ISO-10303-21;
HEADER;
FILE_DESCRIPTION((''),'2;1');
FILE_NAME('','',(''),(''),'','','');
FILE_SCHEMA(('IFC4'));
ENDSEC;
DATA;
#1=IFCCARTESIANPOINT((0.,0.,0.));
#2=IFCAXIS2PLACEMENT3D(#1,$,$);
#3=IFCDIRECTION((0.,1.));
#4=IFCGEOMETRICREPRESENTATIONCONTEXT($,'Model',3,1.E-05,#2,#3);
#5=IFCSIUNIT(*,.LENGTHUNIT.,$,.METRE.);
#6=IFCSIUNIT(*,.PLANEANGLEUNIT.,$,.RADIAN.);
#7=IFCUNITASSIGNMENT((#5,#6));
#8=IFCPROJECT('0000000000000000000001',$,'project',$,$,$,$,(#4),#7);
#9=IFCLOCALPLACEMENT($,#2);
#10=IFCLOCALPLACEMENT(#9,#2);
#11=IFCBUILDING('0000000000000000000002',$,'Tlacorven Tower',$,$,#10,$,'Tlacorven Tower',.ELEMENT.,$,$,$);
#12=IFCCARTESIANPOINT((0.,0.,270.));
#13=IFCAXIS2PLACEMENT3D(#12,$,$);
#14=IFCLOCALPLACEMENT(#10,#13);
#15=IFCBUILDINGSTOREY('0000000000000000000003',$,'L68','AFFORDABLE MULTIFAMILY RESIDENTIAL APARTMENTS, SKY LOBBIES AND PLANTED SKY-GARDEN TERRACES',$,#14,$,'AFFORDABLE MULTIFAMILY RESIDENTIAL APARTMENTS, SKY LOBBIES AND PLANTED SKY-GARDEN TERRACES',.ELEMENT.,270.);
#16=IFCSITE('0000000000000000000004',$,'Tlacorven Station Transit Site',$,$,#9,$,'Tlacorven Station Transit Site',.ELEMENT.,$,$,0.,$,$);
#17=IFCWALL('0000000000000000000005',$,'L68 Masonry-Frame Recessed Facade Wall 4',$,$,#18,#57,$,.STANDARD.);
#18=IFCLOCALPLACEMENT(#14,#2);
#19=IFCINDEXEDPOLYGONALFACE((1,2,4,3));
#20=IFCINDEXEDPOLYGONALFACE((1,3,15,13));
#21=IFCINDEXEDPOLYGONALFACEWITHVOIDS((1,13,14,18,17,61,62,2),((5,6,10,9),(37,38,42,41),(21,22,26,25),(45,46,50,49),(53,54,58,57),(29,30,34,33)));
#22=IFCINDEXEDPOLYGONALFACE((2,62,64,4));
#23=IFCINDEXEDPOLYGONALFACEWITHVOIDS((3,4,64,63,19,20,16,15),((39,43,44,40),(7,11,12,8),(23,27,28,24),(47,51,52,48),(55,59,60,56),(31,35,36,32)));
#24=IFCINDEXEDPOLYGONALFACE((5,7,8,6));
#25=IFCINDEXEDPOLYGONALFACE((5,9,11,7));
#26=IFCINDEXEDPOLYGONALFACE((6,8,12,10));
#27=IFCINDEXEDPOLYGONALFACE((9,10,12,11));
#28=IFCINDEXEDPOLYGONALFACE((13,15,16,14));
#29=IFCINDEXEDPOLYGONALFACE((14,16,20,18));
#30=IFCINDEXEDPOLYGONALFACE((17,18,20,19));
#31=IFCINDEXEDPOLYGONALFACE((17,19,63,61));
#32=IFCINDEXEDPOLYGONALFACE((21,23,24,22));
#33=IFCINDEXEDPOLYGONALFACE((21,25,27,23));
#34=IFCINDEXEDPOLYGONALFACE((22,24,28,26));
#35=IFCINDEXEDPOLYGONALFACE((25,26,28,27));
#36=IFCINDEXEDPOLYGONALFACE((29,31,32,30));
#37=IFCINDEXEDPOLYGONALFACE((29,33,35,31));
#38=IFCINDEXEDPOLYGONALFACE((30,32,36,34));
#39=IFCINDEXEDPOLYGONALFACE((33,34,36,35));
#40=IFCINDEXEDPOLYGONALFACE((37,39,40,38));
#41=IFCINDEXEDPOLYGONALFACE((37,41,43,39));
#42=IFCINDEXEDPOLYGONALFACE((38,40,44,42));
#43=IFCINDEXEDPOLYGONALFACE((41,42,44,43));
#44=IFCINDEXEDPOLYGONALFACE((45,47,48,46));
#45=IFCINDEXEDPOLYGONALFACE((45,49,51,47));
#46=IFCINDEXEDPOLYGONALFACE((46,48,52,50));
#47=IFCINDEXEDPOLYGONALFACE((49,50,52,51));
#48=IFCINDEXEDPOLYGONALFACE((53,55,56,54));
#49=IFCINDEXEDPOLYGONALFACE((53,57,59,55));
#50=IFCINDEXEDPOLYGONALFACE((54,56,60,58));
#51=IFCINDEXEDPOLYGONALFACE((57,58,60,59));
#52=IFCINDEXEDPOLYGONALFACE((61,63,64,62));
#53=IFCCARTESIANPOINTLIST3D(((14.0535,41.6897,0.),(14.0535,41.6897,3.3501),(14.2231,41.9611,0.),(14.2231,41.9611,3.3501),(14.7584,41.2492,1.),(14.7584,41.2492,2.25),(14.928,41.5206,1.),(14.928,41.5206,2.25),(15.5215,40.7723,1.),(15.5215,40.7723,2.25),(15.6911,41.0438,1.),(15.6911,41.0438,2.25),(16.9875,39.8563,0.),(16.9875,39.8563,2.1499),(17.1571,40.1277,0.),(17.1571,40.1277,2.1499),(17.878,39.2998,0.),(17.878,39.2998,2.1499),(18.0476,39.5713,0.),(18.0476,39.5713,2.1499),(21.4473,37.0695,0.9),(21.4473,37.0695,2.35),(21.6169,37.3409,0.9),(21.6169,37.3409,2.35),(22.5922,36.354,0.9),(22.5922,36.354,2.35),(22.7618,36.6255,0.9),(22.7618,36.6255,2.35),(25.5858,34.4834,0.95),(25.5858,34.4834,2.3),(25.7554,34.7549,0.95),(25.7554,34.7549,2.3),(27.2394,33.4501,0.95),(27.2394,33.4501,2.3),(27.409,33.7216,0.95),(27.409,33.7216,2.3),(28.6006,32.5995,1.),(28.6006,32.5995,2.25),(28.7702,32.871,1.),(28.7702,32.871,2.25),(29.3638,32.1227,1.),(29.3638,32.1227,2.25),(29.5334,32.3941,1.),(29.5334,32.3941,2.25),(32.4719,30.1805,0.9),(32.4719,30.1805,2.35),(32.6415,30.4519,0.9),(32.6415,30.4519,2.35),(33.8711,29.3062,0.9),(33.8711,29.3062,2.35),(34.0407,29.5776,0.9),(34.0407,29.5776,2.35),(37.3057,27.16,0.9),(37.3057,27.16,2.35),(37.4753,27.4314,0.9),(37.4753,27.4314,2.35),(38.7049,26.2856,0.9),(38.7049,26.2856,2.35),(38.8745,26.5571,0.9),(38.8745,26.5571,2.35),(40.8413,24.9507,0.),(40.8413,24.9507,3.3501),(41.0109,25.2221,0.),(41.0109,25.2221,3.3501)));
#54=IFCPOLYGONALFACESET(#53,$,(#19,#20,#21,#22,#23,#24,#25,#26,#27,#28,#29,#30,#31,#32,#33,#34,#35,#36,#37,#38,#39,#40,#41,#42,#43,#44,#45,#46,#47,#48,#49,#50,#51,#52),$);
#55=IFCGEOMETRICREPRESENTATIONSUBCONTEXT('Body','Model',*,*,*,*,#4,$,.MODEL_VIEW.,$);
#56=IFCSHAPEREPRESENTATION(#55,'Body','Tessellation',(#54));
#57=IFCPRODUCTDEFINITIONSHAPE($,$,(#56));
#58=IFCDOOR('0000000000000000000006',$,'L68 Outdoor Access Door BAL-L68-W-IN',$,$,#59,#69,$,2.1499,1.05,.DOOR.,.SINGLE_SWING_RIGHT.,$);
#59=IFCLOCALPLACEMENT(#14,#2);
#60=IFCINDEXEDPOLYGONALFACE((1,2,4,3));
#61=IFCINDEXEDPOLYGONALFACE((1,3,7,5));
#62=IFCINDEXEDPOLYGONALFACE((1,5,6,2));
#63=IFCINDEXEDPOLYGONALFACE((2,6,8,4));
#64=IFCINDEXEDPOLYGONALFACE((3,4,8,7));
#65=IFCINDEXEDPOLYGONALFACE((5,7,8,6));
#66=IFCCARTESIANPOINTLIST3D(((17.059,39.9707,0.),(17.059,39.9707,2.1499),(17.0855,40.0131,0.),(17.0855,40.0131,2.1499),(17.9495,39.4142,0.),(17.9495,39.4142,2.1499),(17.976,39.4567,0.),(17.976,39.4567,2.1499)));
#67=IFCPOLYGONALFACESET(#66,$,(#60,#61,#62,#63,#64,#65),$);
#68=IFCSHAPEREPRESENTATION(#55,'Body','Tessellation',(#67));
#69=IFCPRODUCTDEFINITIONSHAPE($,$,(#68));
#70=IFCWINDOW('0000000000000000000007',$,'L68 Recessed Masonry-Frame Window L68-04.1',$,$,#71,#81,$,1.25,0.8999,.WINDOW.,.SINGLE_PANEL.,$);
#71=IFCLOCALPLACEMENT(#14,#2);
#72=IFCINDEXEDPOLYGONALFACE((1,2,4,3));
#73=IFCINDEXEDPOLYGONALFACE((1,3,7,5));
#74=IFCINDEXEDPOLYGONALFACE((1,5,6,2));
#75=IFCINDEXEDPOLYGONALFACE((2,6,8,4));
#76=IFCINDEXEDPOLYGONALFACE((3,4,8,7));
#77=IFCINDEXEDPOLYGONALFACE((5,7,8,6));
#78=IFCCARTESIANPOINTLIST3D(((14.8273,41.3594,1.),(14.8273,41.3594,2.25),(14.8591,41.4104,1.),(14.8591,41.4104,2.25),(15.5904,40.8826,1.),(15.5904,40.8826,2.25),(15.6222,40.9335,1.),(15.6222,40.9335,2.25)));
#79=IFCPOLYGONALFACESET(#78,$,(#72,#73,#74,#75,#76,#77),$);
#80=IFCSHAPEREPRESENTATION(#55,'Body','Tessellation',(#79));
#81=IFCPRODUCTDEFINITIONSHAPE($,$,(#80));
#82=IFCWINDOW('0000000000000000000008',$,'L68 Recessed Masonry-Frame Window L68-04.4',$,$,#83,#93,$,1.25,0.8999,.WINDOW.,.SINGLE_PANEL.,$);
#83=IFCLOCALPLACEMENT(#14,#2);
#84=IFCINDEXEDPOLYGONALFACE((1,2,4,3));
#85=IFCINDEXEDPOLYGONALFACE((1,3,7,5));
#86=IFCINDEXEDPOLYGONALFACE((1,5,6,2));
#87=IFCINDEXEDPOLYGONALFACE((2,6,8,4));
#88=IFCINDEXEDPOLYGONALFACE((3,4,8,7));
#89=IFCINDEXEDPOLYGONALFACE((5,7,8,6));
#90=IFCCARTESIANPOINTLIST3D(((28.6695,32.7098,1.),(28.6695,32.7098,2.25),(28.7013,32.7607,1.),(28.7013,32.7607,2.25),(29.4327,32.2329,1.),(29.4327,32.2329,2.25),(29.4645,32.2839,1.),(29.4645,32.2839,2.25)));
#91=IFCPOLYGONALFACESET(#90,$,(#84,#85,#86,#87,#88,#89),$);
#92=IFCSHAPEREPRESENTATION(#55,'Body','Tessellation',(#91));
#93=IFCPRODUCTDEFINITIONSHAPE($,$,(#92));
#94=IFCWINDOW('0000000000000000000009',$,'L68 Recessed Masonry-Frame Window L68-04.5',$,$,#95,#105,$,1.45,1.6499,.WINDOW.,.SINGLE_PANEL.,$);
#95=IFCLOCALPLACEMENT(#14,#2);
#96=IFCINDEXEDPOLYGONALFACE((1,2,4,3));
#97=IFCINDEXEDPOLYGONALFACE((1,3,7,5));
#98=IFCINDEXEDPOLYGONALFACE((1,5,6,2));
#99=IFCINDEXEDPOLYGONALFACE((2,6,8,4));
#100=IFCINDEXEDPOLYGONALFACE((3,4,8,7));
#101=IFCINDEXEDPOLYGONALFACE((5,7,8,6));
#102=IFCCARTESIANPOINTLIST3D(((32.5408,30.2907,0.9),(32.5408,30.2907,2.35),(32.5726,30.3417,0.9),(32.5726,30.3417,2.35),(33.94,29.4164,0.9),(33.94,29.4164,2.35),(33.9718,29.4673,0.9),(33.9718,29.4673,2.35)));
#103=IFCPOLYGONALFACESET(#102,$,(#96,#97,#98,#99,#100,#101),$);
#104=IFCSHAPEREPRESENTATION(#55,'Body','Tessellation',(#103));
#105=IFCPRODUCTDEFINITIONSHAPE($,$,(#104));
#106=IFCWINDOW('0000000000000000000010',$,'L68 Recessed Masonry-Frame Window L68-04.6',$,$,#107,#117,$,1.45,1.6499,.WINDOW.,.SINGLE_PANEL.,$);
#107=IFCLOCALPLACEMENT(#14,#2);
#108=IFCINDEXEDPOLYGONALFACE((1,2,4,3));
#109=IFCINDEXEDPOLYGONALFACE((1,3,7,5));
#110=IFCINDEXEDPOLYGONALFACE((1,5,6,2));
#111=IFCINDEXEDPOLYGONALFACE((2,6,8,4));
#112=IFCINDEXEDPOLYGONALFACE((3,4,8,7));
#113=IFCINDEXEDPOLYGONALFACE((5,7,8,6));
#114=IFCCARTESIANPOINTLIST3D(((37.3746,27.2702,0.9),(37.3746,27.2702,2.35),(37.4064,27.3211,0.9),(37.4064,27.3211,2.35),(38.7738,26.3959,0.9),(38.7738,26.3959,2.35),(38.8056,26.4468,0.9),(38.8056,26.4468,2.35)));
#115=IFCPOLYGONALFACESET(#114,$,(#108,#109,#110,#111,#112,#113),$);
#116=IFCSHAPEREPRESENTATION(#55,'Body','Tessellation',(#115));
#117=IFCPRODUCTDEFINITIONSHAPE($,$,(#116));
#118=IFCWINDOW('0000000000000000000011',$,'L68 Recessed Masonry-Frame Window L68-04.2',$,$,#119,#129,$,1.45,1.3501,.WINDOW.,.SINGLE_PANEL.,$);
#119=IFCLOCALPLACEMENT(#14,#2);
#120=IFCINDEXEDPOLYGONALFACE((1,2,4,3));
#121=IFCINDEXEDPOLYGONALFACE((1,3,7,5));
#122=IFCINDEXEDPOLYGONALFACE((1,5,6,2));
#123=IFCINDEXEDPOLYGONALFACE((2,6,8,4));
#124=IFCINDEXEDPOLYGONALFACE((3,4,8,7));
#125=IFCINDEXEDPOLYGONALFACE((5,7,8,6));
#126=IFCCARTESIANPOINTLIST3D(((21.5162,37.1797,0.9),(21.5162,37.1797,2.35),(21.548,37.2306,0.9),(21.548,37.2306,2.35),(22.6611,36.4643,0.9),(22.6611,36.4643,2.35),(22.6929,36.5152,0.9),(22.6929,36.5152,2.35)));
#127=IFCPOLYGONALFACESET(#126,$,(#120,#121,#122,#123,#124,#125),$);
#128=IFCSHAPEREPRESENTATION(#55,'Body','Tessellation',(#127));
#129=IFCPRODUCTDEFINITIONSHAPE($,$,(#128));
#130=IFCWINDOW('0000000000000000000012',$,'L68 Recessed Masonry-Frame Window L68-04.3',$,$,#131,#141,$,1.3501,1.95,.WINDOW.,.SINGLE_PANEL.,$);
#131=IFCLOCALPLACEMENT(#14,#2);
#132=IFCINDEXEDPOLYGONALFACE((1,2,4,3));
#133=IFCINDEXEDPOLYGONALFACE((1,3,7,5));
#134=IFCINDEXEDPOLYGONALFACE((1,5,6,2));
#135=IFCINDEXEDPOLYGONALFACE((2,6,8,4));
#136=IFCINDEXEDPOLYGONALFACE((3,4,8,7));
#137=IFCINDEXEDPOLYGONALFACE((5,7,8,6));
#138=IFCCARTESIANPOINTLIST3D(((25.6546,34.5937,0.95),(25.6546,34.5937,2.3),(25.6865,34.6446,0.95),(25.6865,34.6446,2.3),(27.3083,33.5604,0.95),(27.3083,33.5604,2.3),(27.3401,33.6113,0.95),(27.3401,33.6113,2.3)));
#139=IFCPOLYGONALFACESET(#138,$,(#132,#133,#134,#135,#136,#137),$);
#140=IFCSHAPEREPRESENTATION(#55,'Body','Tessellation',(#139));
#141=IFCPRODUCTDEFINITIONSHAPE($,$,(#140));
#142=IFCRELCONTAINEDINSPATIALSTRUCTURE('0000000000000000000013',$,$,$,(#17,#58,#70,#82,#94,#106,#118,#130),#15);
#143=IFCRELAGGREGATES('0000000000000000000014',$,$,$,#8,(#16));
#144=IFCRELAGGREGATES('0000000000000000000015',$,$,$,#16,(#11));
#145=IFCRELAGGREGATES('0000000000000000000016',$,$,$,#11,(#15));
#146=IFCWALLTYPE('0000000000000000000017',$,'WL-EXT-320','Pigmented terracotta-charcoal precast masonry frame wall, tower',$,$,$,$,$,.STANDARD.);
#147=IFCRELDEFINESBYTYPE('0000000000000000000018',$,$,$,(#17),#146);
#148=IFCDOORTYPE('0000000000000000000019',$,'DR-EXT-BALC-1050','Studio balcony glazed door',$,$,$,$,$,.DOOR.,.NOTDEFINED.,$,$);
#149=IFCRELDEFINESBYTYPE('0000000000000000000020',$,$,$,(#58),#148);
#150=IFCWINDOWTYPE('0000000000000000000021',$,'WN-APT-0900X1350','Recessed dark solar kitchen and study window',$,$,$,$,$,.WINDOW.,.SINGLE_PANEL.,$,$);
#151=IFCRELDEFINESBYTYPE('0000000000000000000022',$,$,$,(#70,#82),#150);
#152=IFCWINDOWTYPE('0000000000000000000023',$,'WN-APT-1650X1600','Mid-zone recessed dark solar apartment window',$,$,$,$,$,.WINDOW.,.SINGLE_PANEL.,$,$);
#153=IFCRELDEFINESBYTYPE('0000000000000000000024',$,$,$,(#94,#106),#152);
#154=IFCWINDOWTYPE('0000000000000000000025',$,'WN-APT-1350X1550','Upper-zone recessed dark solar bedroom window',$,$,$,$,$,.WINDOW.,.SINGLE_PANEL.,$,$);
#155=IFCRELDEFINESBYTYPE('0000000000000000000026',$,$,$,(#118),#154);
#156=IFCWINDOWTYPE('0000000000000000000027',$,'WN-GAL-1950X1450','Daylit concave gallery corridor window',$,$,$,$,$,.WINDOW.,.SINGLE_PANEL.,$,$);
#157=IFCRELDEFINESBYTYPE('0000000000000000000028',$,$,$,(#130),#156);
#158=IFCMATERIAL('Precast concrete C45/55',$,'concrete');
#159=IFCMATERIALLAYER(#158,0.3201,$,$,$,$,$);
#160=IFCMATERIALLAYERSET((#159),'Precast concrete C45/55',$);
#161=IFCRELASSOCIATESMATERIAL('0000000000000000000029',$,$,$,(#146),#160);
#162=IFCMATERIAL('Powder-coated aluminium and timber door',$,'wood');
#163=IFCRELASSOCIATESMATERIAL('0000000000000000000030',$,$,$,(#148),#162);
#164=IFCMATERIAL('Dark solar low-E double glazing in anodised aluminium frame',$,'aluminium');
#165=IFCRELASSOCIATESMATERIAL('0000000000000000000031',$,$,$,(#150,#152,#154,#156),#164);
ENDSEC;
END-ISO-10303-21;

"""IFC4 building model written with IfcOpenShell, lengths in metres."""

from ifc_helpers import new_model, si_unit, direction, frame, frame_2d, origin, place, context, subcontext, project, spatial, rectangle, extrude, source, transform, mapped, material, layer, layer_set, type_object, element, fill, save


model = new_model("IFC4")

# Units and contexts
model_context = context("Model", 3, precision=1e-05, world=origin(), true_north=direction((0.0, 1.0)))
body_context = subcontext(model_context, "Body", "Model", "MODEL_VIEW")
ifc_project = project(units=[si_unit("LENGTHUNIT", "METRE"), si_unit("PLANEANGLEUNIT", "RADIAN")], contexts=[model_context])

# Site, building, storey
site_placement = place(None, origin())
site = spatial("IfcSite", under=ifc_project, at=site_placement, Name="Tlacorven Station Transit Site", LongName="Tlacorven Station Transit Site", CompositionType="ELEMENT", RefElevation=0.0)
building_placement = place(site_placement, origin())
building = spatial("IfcBuilding", under=site, at=building_placement, Name="Tlacorven Tower", LongName="Tlacorven Tower", CompositionType="ELEMENT")
storey_placement = place(building_placement, frame((0.0, 0.0, 270.0)))
storey = spatial("IfcBuildingStorey", under=building, at=storey_placement, Name="L68", Description="AFFORDABLE MULTIFAMILY RESIDENTIAL APARTMENTS, SKY LOBBIES AND PLANTED SKY-GARDEN TERRACES", LongName="AFFORDABLE MULTIFAMILY RESIDENTIAL APARTMENTS, SKY LOBBIES AND PLANTED SKY-GARDEN TERRACES", CompositionType="ELEMENT", Elevation=270.0)

# Wall, openings, door, windows
ifc_material_1 = material(Name="Precast concrete C45/55", Category="concrete")
ifc_layer_1 = layer(ifc_material_1, 0.3201)
ifc_layer_set_1 = layer_set([ifc_layer_1], Name="Precast concrete C45/55")
wall_type_1 = type_object("IfcWallType", Name="WL-EXT-320", Description="Pigmented terracotta-charcoal precast masonry frame wall, tower", PredefinedType="STANDARD", material=ifc_layer_set_1)
wall_1_placement = place(storey_placement, frame((14.1382, 41.8254, 0.0), z_axis=(0.0, 0.0, 1.0), x_axis=(0.848046, -0.529922, 0.0)))
wall_1 = element("IfcWall", 1, at=wall_1_placement, inside=storey, type_object=wall_type_1, Name="L68 Masonry-Frame Recessed Facade Wall 4", PredefinedType="STANDARD", context=body_context, shape_type="SweptSolid", body=[
    extrude(rectangle(XDim=31.5876, YDim=0.3201, at=frame_2d((15.7939, 0.0))), origin(), (0.0, 0.0, 1.0), 3.3501),
])
opening_1_placement = place(wall_1_placement, frame((3.46, 0.0, 0.0)))
opening_1 = element("IfcOpeningElement", 2, at=opening_1_placement, cuts=wall_1, PredefinedType="OPENING", context=body_context, shape_type="SweptSolid", body=[
    extrude(rectangle(XDim=1.05, YDim=2.1499, at=frame_2d((0.5249, 1.075))), frame((0.0, 0.1699, 0.0), z_axis=(0.0, -1.0, 0.0), x_axis=(1.0, 0.0, 0.0)), (0.0, 0.0, 1.0), 0.3401),
])
opening_2_placement = place(wall_1_placement, frame((0.8313, 0.0, 1.0)))
opening_2 = element("IfcOpeningElement", 3, at=opening_2_placement, cuts=wall_1, PredefinedType="OPENING", context=body_context, shape_type="SweptSolid", body=[
    extrude(rectangle(XDim=0.8999, YDim=1.25, at=frame_2d((0.45, 0.625))), frame((0.0, 0.1699, 0.0), z_axis=(0.0, -1.0, 0.0), x_axis=(1.0, 0.0, 0.0)), (0.0, 0.0, 1.0), 0.3401),
])
opening_3_placement = place(wall_1_placement, frame((8.7188, 0.0, 0.8999)))
opening_3 = element("IfcOpeningElement", 4, at=opening_3_placement, cuts=wall_1, PredefinedType="OPENING", context=body_context, shape_type="SweptSolid", body=[
    extrude(rectangle(XDim=1.3501, YDim=1.45, at=frame_2d((0.675, 0.7251))), frame((0.0, 0.1699, 0.0), z_axis=(0.0, -1.0, 0.0), x_axis=(1.0, 0.0, 0.0)), (0.0, 0.0, 1.0), 0.3401),
])
opening_4_placement = place(wall_1_placement, frame((13.5986, 0.0, 0.95)))
opening_4 = element("IfcOpeningElement", 5, at=opening_4_placement, cuts=wall_1, PredefinedType="OPENING", context=body_context, shape_type="SweptSolid", body=[
    extrude(rectangle(XDim=1.95, YDim=1.3501, at=frame_2d((0.9751, 0.675))), frame((0.0, 0.1699, 0.0), z_axis=(0.0, -1.0, 0.0), x_axis=(1.0, 0.0, 0.0)), (0.0, 0.0, 1.0), 0.3401),
])
opening_5_placement = place(wall_1_placement, frame((17.1538, 0.0, 1.0)))
opening_5 = element("IfcOpeningElement", 6, at=opening_5_placement, cuts=wall_1, PredefinedType="OPENING", context=body_context, shape_type="SweptSolid", body=[
    extrude(rectangle(XDim=0.8999, YDim=1.25, at=frame_2d((0.45, 0.625))), frame((0.0, 0.1699, 0.0), z_axis=(0.0, -1.0, 0.0), x_axis=(1.0, 0.0, 0.0)), (0.0, 0.0, 1.0), 0.3401),
])
opening_6_placement = place(wall_1_placement, frame((21.7188, 0.0, 0.8999)))
opening_6 = element("IfcOpeningElement", 7, at=opening_6_placement, cuts=wall_1, PredefinedType="OPENING", context=body_context, shape_type="SweptSolid", body=[
    extrude(rectangle(XDim=1.6499, YDim=1.45, at=frame_2d((0.825, 0.7251))), frame((0.0, 0.1699, 0.0), z_axis=(0.0, -1.0, 0.0), x_axis=(1.0, 0.0, 0.0)), (0.0, 0.0, 1.0), 0.3401),
])
opening_7_placement = place(wall_1_placement, frame((27.4187, 0.0, 0.8999)))
opening_7 = element("IfcOpeningElement", 8, at=opening_7_placement, cuts=wall_1, PredefinedType="OPENING", context=body_context, shape_type="SweptSolid", body=[
    extrude(rectangle(XDim=1.6499, YDim=1.45, at=frame_2d((0.825, 0.7251))), frame((0.0, 0.1699, 0.0), z_axis=(0.0, -1.0, 0.0), x_axis=(1.0, 0.0, 0.0)), (0.0, 0.0, 1.0), 0.3401),
])
ifc_material_2 = material(Name="Powder-coated aluminium and timber door", Category="wood")
door_type_1 = type_object("IfcDoorType", Name="DR-EXT-BALC-1050", Description="Studio balcony glazed door", OperationType="NOTDEFINED", PredefinedType="DOOR", material=ifc_material_2)
shared_shape_1 = source(origin(), body_context, "Body", "SweptSolid", [
    extrude(rectangle(XDim=1.05, YDim=2.1499, at=frame_2d((0.5249, 1.075))), frame((0.0, 0.0249, 0.0), z_axis=(0.0, -1.0, 0.0), x_axis=(1.0, 0.0, 0.0)), (0.0, 0.0, 1.0), 0.05),
])
door_1_placement = place(opening_1_placement, origin())
door_1 = element("IfcDoor", 9, at=door_1_placement, inside=storey, type_object=door_type_1, Name="L68 Outdoor Access Door BAL-L68-W-IN", OperationType="SINGLE_SWING_RIGHT", OverallHeight=2.1499, OverallWidth=1.05, PredefinedType="DOOR", context=body_context, shape_type="MappedRepresentation", body=[
    mapped(shared_shape_1, transform((0.0, 0.0, 0.0), scale=1.0)),
])
fill(opening_1, door_1)
ifc_material_3 = material(Name="Dark solar low-E double glazing in anodised aluminium frame", Category="aluminium")
window_type_1 = type_object("IfcWindowType", Name="WN-APT-0900X1350", Description="Recessed dark solar kitchen and study window", PartitioningType="SINGLE_PANEL", PredefinedType="WINDOW", material=ifc_material_3)
shared_shape_2 = source(origin(), body_context, "Body", "SweptSolid", [
    extrude(rectangle(XDim=0.8999, YDim=1.25, at=frame_2d((0.45, 0.625))), frame((0.0, 0.03, 0.0), z_axis=(0.0, -1.0, 0.0), x_axis=(1.0, 0.0, 0.0)), (0.0, 0.0, 1.0), 0.0601),
])
window_1_placement = place(opening_2_placement, origin())
window_1 = element("IfcWindow", 10, at=window_1_placement, inside=storey, type_object=window_type_1, Name="L68 Recessed Masonry-Frame Window L68-04.1", OverallHeight=1.25, OverallWidth=0.8999, PartitioningType="SINGLE_PANEL", PredefinedType="WINDOW", context=body_context, shape_type="MappedRepresentation", body=[
    mapped(shared_shape_2, transform((0.0, 0.0, 0.0), scale=1.0)),
])
fill(opening_2, window_1)
window_2_placement = place(opening_5_placement, origin())
window_2 = element("IfcWindow", 11, at=window_2_placement, inside=storey, type_object=window_type_1, Name="L68 Recessed Masonry-Frame Window L68-04.4", OverallHeight=1.25, OverallWidth=0.8999, PartitioningType="SINGLE_PANEL", PredefinedType="WINDOW", context=body_context, shape_type="MappedRepresentation", body=[
    mapped(shared_shape_2, transform((0.0, 0.0, 0.0), scale=1.0)),
])
fill(opening_5, window_2)
window_type_2 = type_object("IfcWindowType", Name="WN-APT-1650X1600", Description="Mid-zone recessed dark solar apartment window", PartitioningType="SINGLE_PANEL", PredefinedType="WINDOW", material=ifc_material_3)
shared_shape_3 = source(origin(), body_context, "Body", "SweptSolid", [
    extrude(rectangle(XDim=1.6499, YDim=1.45, at=frame_2d((0.825, 0.7251))), frame((0.0, 0.03, 0.0), z_axis=(0.0, -1.0, 0.0), x_axis=(1.0, 0.0, 0.0)), (0.0, 0.0, 1.0), 0.0601),
])
window_3_placement = place(opening_6_placement, origin())
window_3 = element("IfcWindow", 12, at=window_3_placement, inside=storey, type_object=window_type_2, Name="L68 Recessed Masonry-Frame Window L68-04.5", OverallHeight=1.45, OverallWidth=1.6499, PartitioningType="SINGLE_PANEL", PredefinedType="WINDOW", context=body_context, shape_type="MappedRepresentation", body=[
    mapped(shared_shape_3, transform((0.0, 0.0, 0.0), scale=1.0)),
])
fill(opening_6, window_3)
window_4_placement = place(opening_7_placement, origin())
window_4 = element("IfcWindow", 13, at=window_4_placement, inside=storey, type_object=window_type_2, Name="L68 Recessed Masonry-Frame Window L68-04.6", OverallHeight=1.45, OverallWidth=1.6499, PartitioningType="SINGLE_PANEL", PredefinedType="WINDOW", context=body_context, shape_type="MappedRepresentation", body=[
    mapped(shared_shape_3, transform((0.0, 0.0, 0.0), scale=1.0)),
])
fill(opening_7, window_4)
window_type_3 = type_object("IfcWindowType", Name="WN-APT-1350X1550", Description="Upper-zone recessed dark solar bedroom window", PartitioningType="SINGLE_PANEL", PredefinedType="WINDOW", material=ifc_material_3)
shared_shape_4 = source(origin(), body_context, "Body", "SweptSolid", [
    extrude(rectangle(XDim=1.3501, YDim=1.45, at=frame_2d((0.675, 0.7251))), frame((0.0, 0.03, 0.0), z_axis=(0.0, -1.0, 0.0), x_axis=(1.0, 0.0, 0.0)), (0.0, 0.0, 1.0), 0.0601),
])
window_5_placement = place(opening_3_placement, origin())
window_5 = element("IfcWindow", 14, at=window_5_placement, inside=storey, type_object=window_type_3, Name="L68 Recessed Masonry-Frame Window L68-04.2", OverallHeight=1.45, OverallWidth=1.3501, PartitioningType="SINGLE_PANEL", PredefinedType="WINDOW", context=body_context, shape_type="MappedRepresentation", body=[
    mapped(shared_shape_4, transform((0.0, 0.0, 0.0), scale=1.0)),
])
fill(opening_3, window_5)
window_type_4 = type_object("IfcWindowType", Name="WN-GAL-1950X1450", Description="Daylit concave gallery corridor window", PartitioningType="SINGLE_PANEL", PredefinedType="WINDOW", material=ifc_material_3)
shared_shape_5 = source(origin(), body_context, "Body", "SweptSolid", [
    extrude(rectangle(XDim=1.95, YDim=1.3501, at=frame_2d((0.9751, 0.675))), frame((0.0, 0.03, 0.0), z_axis=(0.0, -1.0, 0.0), x_axis=(1.0, 0.0, 0.0)), (0.0, 0.0, 1.0), 0.0601),
])
window_6_placement = place(opening_4_placement, origin())
window_6 = element("IfcWindow", 15, at=window_6_placement, inside=storey, type_object=window_type_4, Name="L68 Recessed Masonry-Frame Window L68-04.3", OverallHeight=1.3501, OverallWidth=1.95, PartitioningType="SINGLE_PANEL", PredefinedType="WINDOW", context=body_context, shape_type="MappedRepresentation", body=[
    mapped(shared_shape_5, transform((0.0, 0.0, 0.0), scale=1.0)),
])
fill(opening_4, window_6)

save(model, "model.ifc")
